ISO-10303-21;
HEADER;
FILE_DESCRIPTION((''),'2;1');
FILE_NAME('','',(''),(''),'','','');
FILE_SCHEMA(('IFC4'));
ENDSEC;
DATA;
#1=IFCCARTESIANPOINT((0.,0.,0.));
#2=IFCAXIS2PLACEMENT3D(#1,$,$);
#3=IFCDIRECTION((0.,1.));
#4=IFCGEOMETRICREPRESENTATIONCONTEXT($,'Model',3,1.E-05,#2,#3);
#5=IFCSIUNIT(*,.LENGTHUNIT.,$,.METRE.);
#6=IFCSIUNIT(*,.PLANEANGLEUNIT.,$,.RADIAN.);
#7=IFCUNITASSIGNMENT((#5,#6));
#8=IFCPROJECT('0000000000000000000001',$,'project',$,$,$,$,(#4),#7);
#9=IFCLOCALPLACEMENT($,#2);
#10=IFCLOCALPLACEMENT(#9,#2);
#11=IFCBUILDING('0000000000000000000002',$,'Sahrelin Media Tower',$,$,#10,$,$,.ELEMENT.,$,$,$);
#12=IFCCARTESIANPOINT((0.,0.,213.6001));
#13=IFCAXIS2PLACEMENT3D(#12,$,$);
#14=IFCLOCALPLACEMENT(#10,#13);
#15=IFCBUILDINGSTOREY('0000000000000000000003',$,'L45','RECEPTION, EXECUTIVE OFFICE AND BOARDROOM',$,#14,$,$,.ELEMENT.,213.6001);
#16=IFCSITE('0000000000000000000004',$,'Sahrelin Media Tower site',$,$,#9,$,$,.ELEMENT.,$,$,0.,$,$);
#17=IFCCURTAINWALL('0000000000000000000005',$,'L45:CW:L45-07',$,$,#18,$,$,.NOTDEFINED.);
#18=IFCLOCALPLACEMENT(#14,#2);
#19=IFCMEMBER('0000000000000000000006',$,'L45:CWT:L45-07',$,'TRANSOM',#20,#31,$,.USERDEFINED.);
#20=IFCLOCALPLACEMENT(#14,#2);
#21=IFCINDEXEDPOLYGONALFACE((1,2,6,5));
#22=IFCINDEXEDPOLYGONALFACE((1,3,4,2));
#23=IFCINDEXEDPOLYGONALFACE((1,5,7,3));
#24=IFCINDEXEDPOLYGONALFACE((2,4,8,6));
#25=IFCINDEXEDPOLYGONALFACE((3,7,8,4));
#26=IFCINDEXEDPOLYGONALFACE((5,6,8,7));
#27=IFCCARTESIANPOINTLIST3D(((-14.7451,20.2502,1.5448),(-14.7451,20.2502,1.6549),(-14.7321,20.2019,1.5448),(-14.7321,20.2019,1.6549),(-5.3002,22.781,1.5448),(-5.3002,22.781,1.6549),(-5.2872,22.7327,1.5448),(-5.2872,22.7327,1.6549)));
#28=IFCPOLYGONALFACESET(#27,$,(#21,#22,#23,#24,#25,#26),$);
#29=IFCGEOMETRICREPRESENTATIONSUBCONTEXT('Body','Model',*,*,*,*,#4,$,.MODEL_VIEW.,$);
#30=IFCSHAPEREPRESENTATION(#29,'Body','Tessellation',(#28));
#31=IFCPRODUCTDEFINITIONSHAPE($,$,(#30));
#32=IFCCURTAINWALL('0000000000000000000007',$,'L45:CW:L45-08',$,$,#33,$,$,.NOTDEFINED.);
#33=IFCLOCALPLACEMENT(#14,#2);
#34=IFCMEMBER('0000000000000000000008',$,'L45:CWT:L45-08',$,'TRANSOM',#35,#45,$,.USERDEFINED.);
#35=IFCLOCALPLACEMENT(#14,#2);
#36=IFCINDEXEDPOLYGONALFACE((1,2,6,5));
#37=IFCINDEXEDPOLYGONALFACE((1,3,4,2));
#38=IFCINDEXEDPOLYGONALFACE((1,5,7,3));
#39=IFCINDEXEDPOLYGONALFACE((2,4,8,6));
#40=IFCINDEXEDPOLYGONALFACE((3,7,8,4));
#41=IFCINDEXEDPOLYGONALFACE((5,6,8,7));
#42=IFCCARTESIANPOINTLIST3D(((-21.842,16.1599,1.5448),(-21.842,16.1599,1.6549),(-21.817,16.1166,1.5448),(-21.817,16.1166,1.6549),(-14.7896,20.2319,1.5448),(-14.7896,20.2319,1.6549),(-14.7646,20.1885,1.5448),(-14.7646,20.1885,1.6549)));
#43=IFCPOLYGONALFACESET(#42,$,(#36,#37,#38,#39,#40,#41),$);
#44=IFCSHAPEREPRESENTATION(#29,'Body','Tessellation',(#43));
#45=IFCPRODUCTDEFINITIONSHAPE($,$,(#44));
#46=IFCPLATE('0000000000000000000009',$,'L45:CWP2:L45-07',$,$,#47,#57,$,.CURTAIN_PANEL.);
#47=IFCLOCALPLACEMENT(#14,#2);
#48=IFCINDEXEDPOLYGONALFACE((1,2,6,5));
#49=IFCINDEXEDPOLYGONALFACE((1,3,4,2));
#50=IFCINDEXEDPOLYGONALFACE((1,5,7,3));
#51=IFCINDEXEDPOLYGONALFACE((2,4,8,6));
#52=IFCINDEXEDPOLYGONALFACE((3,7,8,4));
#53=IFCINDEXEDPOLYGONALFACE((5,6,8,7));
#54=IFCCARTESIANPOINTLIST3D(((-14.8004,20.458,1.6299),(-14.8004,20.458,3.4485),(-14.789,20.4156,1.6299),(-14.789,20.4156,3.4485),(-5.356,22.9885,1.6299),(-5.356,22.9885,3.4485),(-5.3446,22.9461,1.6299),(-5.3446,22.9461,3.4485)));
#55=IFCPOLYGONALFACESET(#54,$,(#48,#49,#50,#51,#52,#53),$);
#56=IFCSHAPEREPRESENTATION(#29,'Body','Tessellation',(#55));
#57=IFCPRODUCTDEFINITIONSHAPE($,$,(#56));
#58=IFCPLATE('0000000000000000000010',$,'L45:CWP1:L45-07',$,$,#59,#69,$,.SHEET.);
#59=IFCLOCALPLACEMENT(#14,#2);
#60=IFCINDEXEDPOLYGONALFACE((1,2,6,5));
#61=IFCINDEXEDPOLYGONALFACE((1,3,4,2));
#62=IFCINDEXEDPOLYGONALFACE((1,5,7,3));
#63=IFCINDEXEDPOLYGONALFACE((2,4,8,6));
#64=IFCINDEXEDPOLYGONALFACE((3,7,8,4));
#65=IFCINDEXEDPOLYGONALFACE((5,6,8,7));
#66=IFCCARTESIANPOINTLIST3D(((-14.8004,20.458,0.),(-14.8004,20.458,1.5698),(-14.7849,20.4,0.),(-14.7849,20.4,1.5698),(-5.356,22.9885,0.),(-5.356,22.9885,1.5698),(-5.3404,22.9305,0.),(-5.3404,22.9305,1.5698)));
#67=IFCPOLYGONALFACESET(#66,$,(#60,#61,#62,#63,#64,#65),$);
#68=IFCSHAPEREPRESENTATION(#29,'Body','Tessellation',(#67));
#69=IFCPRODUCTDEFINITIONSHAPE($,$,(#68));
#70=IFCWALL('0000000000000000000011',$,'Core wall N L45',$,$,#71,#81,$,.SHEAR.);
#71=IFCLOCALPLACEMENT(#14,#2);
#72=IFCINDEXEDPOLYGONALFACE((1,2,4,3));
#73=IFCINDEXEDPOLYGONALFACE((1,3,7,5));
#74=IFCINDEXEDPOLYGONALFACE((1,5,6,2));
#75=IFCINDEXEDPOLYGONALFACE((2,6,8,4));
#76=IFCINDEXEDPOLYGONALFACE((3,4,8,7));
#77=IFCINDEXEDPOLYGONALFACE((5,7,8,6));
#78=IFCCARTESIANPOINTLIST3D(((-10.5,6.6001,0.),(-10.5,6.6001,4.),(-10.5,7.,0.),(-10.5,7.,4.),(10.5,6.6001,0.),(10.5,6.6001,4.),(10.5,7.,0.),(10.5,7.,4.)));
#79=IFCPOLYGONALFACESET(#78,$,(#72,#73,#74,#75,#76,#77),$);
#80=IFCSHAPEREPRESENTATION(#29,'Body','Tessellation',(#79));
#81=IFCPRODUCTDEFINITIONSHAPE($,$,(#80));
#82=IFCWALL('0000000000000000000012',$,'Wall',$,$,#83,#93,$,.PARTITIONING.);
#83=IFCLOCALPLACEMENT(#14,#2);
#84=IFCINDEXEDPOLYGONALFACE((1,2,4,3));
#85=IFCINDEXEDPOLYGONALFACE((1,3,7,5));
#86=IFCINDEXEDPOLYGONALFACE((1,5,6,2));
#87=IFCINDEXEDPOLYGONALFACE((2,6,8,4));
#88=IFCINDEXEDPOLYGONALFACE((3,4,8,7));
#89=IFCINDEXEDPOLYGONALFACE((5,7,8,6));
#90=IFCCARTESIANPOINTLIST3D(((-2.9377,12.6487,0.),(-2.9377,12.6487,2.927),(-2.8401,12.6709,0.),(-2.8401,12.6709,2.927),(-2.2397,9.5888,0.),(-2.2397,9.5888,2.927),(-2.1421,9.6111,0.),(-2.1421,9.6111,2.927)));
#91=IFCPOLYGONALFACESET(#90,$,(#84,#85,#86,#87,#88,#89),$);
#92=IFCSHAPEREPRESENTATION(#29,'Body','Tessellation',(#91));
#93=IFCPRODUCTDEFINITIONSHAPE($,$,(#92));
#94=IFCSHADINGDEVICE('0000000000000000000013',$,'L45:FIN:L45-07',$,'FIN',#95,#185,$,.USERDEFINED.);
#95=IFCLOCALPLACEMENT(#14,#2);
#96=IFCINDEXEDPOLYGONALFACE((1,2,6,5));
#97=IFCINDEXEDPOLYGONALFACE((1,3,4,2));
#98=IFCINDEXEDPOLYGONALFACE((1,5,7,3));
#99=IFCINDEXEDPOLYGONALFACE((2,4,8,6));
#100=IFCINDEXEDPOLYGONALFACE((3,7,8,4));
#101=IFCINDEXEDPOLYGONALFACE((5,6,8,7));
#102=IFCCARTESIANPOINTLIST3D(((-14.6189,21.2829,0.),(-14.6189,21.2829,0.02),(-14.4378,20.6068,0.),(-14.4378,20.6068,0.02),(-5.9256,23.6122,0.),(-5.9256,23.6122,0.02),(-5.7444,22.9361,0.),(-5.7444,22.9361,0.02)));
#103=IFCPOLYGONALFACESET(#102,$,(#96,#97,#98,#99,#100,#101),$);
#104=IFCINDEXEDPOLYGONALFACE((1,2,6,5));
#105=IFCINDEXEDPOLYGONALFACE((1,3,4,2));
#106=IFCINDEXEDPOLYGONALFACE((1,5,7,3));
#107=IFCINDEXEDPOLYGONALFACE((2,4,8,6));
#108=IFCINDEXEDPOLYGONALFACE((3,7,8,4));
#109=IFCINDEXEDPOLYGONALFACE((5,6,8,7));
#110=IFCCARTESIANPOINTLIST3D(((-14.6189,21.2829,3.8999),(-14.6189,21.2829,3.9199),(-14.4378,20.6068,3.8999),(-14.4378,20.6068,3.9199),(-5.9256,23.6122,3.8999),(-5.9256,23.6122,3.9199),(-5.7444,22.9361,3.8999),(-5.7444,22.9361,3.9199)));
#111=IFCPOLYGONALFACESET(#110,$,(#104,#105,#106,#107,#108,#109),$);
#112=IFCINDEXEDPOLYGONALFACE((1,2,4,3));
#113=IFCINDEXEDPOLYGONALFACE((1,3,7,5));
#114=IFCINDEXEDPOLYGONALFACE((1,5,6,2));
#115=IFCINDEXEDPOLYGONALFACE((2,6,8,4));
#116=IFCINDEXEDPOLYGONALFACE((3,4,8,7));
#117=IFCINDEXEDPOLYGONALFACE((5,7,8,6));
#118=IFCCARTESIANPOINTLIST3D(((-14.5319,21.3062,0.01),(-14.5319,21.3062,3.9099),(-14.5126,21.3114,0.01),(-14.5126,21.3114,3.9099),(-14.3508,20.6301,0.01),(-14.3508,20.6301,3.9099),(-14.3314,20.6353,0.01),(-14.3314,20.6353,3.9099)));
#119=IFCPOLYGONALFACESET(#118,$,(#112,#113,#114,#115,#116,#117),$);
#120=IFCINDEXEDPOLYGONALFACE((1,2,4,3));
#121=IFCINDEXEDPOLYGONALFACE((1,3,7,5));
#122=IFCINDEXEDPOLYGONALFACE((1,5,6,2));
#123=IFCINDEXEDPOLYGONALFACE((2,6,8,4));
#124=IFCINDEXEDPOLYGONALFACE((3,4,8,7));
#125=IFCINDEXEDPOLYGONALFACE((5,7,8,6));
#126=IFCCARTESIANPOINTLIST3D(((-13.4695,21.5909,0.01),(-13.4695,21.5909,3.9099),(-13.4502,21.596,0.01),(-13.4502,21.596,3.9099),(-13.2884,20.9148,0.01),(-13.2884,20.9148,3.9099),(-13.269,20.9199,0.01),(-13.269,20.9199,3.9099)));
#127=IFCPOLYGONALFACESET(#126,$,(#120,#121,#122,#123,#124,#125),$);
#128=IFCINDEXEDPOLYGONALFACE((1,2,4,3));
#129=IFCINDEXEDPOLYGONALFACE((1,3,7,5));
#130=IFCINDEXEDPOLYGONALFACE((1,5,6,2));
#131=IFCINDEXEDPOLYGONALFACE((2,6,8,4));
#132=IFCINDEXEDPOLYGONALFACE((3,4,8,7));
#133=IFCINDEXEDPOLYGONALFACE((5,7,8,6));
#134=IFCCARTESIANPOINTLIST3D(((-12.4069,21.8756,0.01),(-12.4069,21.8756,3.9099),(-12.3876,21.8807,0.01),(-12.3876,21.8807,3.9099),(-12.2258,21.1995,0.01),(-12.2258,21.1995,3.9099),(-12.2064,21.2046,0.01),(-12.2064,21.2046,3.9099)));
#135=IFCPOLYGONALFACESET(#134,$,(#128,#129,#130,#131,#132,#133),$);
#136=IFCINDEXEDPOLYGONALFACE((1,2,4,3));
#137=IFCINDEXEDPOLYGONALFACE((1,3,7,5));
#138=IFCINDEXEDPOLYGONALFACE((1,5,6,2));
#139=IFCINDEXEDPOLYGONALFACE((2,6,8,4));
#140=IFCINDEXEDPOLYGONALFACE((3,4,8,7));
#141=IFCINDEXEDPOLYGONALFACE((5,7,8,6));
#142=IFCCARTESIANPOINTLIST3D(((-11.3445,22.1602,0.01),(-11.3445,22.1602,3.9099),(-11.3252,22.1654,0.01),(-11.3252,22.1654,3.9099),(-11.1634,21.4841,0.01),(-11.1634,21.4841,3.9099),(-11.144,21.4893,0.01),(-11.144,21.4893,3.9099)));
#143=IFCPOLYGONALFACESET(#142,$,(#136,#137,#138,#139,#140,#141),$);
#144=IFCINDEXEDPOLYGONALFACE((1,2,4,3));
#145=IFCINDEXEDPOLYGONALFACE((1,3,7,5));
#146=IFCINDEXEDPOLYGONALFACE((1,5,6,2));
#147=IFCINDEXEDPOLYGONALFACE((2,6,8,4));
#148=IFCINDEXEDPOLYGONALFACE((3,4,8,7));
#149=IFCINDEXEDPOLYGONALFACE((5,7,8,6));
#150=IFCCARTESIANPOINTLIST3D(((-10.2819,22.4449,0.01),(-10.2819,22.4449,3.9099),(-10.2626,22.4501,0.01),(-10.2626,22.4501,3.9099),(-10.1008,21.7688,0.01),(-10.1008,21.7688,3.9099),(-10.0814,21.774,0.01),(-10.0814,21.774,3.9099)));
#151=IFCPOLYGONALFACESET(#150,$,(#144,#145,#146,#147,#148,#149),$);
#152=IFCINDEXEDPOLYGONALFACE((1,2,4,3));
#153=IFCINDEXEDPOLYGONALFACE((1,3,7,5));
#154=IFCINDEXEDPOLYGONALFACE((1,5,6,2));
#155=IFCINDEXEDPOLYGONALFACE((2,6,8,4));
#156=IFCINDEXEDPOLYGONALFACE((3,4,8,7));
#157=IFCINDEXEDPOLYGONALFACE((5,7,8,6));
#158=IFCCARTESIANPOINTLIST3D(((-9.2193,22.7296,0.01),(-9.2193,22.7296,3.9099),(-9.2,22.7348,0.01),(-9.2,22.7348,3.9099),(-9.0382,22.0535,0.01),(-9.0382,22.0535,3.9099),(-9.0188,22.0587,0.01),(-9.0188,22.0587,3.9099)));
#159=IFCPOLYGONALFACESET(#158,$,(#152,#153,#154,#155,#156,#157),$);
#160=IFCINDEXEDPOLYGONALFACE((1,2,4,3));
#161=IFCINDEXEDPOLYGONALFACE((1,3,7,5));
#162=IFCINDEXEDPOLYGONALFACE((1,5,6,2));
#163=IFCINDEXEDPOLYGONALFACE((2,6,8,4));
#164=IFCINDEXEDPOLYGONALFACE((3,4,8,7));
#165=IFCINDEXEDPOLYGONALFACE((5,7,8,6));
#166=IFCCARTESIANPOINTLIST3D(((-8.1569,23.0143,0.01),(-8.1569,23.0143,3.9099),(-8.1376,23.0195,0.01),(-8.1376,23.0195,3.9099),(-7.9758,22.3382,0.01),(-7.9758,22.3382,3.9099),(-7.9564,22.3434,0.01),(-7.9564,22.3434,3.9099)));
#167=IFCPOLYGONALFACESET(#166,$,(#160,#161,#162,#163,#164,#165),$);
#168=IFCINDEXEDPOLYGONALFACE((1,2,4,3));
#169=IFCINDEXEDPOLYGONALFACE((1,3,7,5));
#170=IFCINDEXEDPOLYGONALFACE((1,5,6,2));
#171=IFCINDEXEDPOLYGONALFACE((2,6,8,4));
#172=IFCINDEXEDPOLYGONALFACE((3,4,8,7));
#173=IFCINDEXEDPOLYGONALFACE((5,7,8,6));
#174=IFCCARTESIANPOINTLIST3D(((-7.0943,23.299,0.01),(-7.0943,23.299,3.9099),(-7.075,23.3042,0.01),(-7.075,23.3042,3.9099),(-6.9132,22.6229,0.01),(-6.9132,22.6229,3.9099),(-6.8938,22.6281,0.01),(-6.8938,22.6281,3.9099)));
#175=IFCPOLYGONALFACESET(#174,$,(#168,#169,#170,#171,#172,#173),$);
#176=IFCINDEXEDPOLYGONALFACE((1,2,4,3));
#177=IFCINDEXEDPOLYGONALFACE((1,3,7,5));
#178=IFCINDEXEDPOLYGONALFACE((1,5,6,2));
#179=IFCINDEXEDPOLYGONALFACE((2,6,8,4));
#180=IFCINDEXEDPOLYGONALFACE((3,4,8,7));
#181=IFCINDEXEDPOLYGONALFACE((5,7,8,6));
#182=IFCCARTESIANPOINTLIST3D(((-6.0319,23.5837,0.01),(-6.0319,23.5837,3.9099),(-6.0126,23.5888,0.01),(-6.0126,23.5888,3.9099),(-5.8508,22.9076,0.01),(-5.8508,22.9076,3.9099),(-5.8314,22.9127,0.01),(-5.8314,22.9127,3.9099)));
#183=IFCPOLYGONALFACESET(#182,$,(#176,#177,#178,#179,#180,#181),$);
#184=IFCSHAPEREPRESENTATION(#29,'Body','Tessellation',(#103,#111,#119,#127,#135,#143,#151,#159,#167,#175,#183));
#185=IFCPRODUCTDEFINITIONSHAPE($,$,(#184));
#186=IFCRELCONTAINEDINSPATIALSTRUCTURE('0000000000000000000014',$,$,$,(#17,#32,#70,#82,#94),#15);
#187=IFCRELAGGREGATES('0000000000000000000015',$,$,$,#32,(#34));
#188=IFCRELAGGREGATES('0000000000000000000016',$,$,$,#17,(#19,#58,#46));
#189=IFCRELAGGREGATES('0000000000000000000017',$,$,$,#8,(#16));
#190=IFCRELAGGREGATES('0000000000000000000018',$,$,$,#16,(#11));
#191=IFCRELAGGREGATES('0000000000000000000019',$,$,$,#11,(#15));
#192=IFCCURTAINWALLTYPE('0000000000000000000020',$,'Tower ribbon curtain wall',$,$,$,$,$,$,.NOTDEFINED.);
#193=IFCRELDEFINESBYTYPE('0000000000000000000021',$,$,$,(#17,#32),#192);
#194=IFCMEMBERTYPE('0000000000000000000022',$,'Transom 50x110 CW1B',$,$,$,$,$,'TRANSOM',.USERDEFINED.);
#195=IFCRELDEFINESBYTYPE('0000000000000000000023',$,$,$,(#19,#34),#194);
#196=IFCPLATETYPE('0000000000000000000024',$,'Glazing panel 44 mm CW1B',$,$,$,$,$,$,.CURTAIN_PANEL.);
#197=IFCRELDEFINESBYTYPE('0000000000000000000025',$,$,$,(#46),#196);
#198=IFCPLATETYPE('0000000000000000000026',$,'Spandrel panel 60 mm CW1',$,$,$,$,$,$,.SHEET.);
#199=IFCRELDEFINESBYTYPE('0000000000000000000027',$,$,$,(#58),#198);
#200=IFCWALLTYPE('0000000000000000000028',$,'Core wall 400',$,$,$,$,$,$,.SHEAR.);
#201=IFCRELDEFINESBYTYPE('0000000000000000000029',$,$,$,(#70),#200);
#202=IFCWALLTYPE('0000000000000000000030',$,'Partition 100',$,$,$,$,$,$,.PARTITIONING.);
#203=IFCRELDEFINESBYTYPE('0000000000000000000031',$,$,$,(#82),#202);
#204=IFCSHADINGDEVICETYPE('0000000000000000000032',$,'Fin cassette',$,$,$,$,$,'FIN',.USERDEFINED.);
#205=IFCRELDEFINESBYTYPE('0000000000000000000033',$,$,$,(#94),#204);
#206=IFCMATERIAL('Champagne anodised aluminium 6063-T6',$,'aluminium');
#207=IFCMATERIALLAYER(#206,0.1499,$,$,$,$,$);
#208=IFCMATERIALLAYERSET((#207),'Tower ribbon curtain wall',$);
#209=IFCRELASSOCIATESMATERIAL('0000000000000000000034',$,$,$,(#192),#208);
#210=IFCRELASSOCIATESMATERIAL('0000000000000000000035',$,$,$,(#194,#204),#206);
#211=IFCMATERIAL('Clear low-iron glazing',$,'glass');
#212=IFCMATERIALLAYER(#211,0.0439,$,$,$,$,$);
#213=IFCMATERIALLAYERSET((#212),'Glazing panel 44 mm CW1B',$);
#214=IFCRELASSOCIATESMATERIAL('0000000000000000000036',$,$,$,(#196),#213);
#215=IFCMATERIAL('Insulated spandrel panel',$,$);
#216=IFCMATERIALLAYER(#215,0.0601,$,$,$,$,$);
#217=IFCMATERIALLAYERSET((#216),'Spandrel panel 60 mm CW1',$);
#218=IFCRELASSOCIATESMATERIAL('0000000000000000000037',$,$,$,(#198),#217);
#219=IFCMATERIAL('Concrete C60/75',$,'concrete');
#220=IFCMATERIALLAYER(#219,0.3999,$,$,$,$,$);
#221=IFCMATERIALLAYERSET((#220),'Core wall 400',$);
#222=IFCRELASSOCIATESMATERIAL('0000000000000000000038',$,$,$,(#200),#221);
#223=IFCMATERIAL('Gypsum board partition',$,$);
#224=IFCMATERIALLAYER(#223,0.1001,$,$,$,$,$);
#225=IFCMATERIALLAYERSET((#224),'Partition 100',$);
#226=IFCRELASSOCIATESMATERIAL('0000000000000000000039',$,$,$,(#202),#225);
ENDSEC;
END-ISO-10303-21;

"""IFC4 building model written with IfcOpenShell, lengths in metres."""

from ifc_helpers import new_model, si_unit, direction, frame, frame_2d, origin, origin_2d, place, context, subcontext, project, spatial, polyline, rectangle, outline, extrude, material, layer, layer_set, material_profile, profile_set, type_object, element, aggregate, save


model = new_model("IFC4")

# Units and contexts
model_context = context("Model", 3, precision=1e-05, world=origin(), true_north=direction((0.0, 1.0)))
body_context = subcontext(model_context, "Body", "Model", "MODEL_VIEW")
ifc_project = project(units=[si_unit("LENGTHUNIT", "METRE"), si_unit("PLANEANGLEUNIT", "RADIAN")], contexts=[model_context])

# Site, building, storey
site_placement = place(None, origin())
site = spatial("IfcSite", under=ifc_project, at=site_placement, Name="Sahrelin Media Tower site", CompositionType="ELEMENT", RefElevation=0.0)
building_placement = place(site_placement, origin())
building = spatial("IfcBuilding", under=site, at=building_placement, Name="Sahrelin Media Tower", CompositionType="ELEMENT")
storey_placement = place(building_placement, frame((0.0, 0.0, 213.6001)))
storey = spatial("IfcBuildingStorey", under=building, at=storey_placement, Name="L45", Description="RECEPTION, EXECUTIVE OFFICE AND BOARDROOM", CompositionType="ELEMENT", Elevation=213.6001)

# Curtain wall
ifc_material_1 = material(Name="Champagne anodised aluminium 6063-T6", Category="aluminium")
ifc_layer_1 = layer(ifc_material_1, 0.1499)
ifc_layer_set_1 = layer_set([ifc_layer_1], Name="Tower ribbon curtain wall")
curtain_wall_type = type_object("IfcCurtainWallType", Name="Tower ribbon curtain wall", PredefinedType="NOTDEFINED", material=ifc_layer_set_1)
curtain_wall_1_placement = place(storey_placement, frame((-10.073, 21.7039, 0.0), z_axis=(0.0, 0.0, 1.0), x_axis=(1.0, 0.0, 0.0)))
curtain_wall_1 = element("IfcCurtainWall", 1, at=curtain_wall_1_placement, inside=storey, type_object=curtain_wall_type, Name="L45:CW:L45-07", PredefinedType="NOTDEFINED")

# Member
ifc_material_profile_1 = material_profile(ifc_material_1, rectangle(XDim=0.05, YDim=0.1101, at=origin_2d()), Name="Transom 50x110")
ifc_profile_set_1 = profile_set([ifc_material_profile_1], Name="Champagne anodised aluminium 6063-T6")
member_type_1 = type_object("IfcMemberType", Name="Transom 50x110 CW1B", ElementType="TRANSOM", PredefinedType="USERDEFINED", material=ifc_profile_set_1)
member_1_placement = place(storey_placement, frame((-5.2937, 22.7568, 1.5999), z_axis=(-0.965925, -0.258822, 0.0), x_axis=(0.258822, -0.965925, 0.0)))
member_1 = element("IfcMember", 2, at=member_1_placement, type_object=member_type_1, Name="L45:CWT:L45-07", ObjectType="TRANSOM", PredefinedType="USERDEFINED", context=body_context, shape_type="SweptSolid", body=[
    extrude(rectangle(XDim=0.05, YDim=0.1101, at=origin_2d()), origin(), (0.0, 0.0, 1.0), 9.7781),
])

# Curtain wall, member
curtain_wall_2_placement = place(storey_placement, frame((-18.4133, 18.3647, 0.0), z_axis=(0.0, 0.0, 1.0), x_axis=(1.0, 0.0, 0.0)))
curtain_wall_2 = element("IfcCurtainWall", 3, at=curtain_wall_2_placement, inside=storey, type_object=curtain_wall_type, Name="L45:CW:L45-08", PredefinedType="NOTDEFINED")
member_2_placement = place(storey_placement, frame((-14.7771, 20.2102, 1.5999), z_axis=(-0.866011, -0.500024, 0.0), x_axis=(0.500024, -0.866011, 0.0)))
member_2 = element("IfcMember", 4, at=member_2_placement, type_object=member_type_1, Name="L45:CWT:L45-08", ObjectType="TRANSOM", PredefinedType="USERDEFINED", context=body_context, shape_type="SweptSolid", body=[
    extrude(rectangle(XDim=0.05, YDim=0.1101, at=origin_2d()), origin(), (0.0, 0.0, 1.0), 8.1436),
])
aggregate(curtain_wall_2, [member_2])

# Plates
ifc_material_2 = material(Name="Clear low-iron glazing", Category="glass")
ifc_layer_2 = layer(ifc_material_2, 0.0439)
ifc_layer_set_2 = layer_set([ifc_layer_2], Name="Glazing panel 44 mm CW1B")
plate_type_1 = type_object("IfcPlateType", Name="Glazing panel 44 mm CW1B", PredefinedType="CURTAIN_PANEL", material=ifc_layer_set_2)
plate_1_placement = place(storey_placement, frame((-5.356, 22.9885, 1.6299), z_axis=(-0.258805, 0.96593, 0.0), x_axis=(-0.96593, -0.258805, 0.0)))
plate_1 = element("IfcPlate", 5, at=plate_1_placement, type_object=plate_type_1, Name="L45:CWP2:L45-07", PredefinedType="CURTAIN_PANEL", context=body_context, shape_type="SweptSolid", body=[
    extrude(outline(polyline([(0.0, 0.0), (9.7776, 0.0), (9.7776, 1.8186), (0.0, 1.8186), (0.0, 0.0)])), origin(), (0.0, 0.0, -1.0), 0.0439),
])
ifc_material_3 = material(Name="Insulated spandrel panel")
ifc_layer_3 = layer(ifc_material_3, 0.0601)
ifc_layer_set_3 = layer_set([ifc_layer_3], Name="Spandrel panel 60 mm CW1")
plate_type_2 = type_object("IfcPlateType", Name="Spandrel panel 60 mm CW1", PredefinedType="SHEET", material=ifc_layer_set_3)
plate_2_placement = place(storey_placement, frame((-5.356, 22.9885, 0.0), z_axis=(-0.258805, 0.96593, 0.0), x_axis=(-0.96593, -0.258805, 0.0)))
plate_2 = element("IfcPlate", 6, at=plate_2_placement, type_object=plate_type_2, Name="L45:CWP1:L45-07", PredefinedType="SHEET", context=body_context, shape_type="SweptSolid", body=[
    extrude(outline(polyline([(0.0, 0.0), (9.7776, 0.0), (9.7776, 1.5698), (0.0, 1.5698), (0.0, 0.0)])), origin(), (0.0, 0.0, -1.0), 0.0601),
])
aggregate(curtain_wall_1, [member_1, plate_2, plate_1])

# Walls
ifc_material_4 = material(Name="Concrete C60/75", Category="concrete")
ifc_layer_4 = layer(ifc_material_4, 0.3999)
ifc_layer_set_4 = layer_set([ifc_layer_4], Name="Core wall 400")
wall_type_1 = type_object("IfcWallType", Name="Core wall 400", PredefinedType="SHEAR", material=ifc_layer_set_4)
wall_1_placement = place(storey_placement, frame((-10.5, 6.8, 0.0), z_axis=(0.0, 0.0, 1.0), x_axis=(1.0, 0.0, 0.0)))
element("IfcWall", 7, at=wall_1_placement, inside=storey, type_object=wall_type_1, Name="Core wall N L45", PredefinedType="SHEAR", context=body_context, shape_type="SweptSolid", body=[
    extrude(rectangle(XDim=21.0, YDim=0.3999, at=frame_2d((10.5, 0.0))), origin(), (0.0, 0.0, 1.0), 4.0),
])
ifc_material_5 = material(Name="Gypsum board partition")
ifc_layer_5 = layer(ifc_material_5, 0.1001)
ifc_layer_set_5 = layer_set([ifc_layer_5], Name="Partition 100")
wall_type_2 = type_object("IfcWallType", Name="Partition 100", PredefinedType="PARTITIONING", material=ifc_layer_set_5)
wall_2_placement = place(storey_placement, frame((-2.8889, 12.6599, 0.0), z_axis=(0.0, 0.0, 1.0), x_axis=(0.222404, -0.974954, 0.0)))
element("IfcWall", 8, at=wall_2_placement, inside=storey, type_object=wall_type_2, Name="Wall", PredefinedType="PARTITIONING", context=body_context, shape_type="SweptSolid", body=[
    extrude(rectangle(XDim=3.1384, YDim=0.1001, at=frame_2d((1.5693, 0.0))), origin(), (0.0, 0.0, 1.0), 2.927),
])

# Shading device
shading_device_type_1 = type_object("IfcShadingDeviceType", Name="Fin cassette", ElementType="FIN", PredefinedType="USERDEFINED", material=ifc_material_1)
placement = place(storey_placement, frame((-10.073, 21.7039, 0.0), z_axis=(0.0, 0.0, 1.0), x_axis=(0.965929, 0.258808, 0.0)))
element("IfcShadingDevice", 9, at=placement, inside=storey, type_object=shading_device_type_1, Name="L45:FIN:L45-07", ObjectType="FIN", PredefinedType="USERDEFINED", context=body_context, shape_type="SweptSolid", body=[
    extrude(rectangle(XDim=9.0, YDim=0.7, at=origin_2d()), frame((0.0, 0.4199, 0.0)), (0.0, 0.0, 1.0), 0.02),
    extrude(rectangle(XDim=9.0, YDim=0.7, at=origin_2d()), frame((0.0, 0.4199, 3.8999)), (0.0, 0.0, 1.0), 0.02),
    extrude(rectangle(XDim=0.02, YDim=0.7, at=origin_2d()), frame((-4.3999, 0.4199, 0.01), z_axis=(0.0, 0.0, 1.0), x_axis=(1.0, 0.0, 0.0)), (0.0, 0.0, 1.0), 3.8999),
    extrude(rectangle(XDim=0.02, YDim=0.7, at=origin_2d()), frame((-3.3, 0.4199, 0.01), z_axis=(0.0, 0.0, 1.0), x_axis=(1.0, 0.0, 0.0)), (0.0, 0.0, 1.0), 3.8999),
    extrude(rectangle(XDim=0.02, YDim=0.7, at=origin_2d()), frame((-2.2, 0.4199, 0.01), z_axis=(0.0, 0.0, 1.0), x_axis=(1.0, 0.0, 0.0)), (0.0, 0.0, 1.0), 3.8999),
    extrude(rectangle(XDim=0.02, YDim=0.7, at=origin_2d()), frame((-1.1001, 0.4199, 0.01), z_axis=(0.0, 0.0, 1.0), x_axis=(1.0, 0.0, 0.0)), (0.0, 0.0, 1.0), 3.8999),
    extrude(rectangle(XDim=0.02, YDim=0.7, at=origin_2d()), frame((0.0, 0.4199, 0.01), z_axis=(0.0, 0.0, 1.0), x_axis=(1.0, 0.0, 0.0)), (0.0, 0.0, 1.0), 3.8999),
    extrude(rectangle(XDim=0.02, YDim=0.7, at=origin_2d()), frame((1.1001, 0.4199, 0.01), z_axis=(0.0, 0.0, 1.0), x_axis=(1.0, 0.0, 0.0)), (0.0, 0.0, 1.0), 3.8999),
    extrude(rectangle(XDim=0.02, YDim=0.7, at=origin_2d()), frame((2.2, 0.4199, 0.01), z_axis=(0.0, 0.0, 1.0), x_axis=(1.0, 0.0, 0.0)), (0.0, 0.0, 1.0), 3.8999),
    extrude(rectangle(XDim=0.02, YDim=0.7, at=origin_2d()), frame((3.3, 0.4199, 0.01), z_axis=(0.0, 0.0, 1.0), x_axis=(1.0, 0.0, 0.0)), (0.0, 0.0, 1.0), 3.8999),
    extrude(rectangle(XDim=0.02, YDim=0.7, at=origin_2d()), frame((4.3999, 0.4199, 0.01), z_axis=(0.0, 0.0, 1.0), x_axis=(1.0, 0.0, 0.0)), (0.0, 0.0, 1.0), 3.8999),
])

save(model, "model.ifc")
